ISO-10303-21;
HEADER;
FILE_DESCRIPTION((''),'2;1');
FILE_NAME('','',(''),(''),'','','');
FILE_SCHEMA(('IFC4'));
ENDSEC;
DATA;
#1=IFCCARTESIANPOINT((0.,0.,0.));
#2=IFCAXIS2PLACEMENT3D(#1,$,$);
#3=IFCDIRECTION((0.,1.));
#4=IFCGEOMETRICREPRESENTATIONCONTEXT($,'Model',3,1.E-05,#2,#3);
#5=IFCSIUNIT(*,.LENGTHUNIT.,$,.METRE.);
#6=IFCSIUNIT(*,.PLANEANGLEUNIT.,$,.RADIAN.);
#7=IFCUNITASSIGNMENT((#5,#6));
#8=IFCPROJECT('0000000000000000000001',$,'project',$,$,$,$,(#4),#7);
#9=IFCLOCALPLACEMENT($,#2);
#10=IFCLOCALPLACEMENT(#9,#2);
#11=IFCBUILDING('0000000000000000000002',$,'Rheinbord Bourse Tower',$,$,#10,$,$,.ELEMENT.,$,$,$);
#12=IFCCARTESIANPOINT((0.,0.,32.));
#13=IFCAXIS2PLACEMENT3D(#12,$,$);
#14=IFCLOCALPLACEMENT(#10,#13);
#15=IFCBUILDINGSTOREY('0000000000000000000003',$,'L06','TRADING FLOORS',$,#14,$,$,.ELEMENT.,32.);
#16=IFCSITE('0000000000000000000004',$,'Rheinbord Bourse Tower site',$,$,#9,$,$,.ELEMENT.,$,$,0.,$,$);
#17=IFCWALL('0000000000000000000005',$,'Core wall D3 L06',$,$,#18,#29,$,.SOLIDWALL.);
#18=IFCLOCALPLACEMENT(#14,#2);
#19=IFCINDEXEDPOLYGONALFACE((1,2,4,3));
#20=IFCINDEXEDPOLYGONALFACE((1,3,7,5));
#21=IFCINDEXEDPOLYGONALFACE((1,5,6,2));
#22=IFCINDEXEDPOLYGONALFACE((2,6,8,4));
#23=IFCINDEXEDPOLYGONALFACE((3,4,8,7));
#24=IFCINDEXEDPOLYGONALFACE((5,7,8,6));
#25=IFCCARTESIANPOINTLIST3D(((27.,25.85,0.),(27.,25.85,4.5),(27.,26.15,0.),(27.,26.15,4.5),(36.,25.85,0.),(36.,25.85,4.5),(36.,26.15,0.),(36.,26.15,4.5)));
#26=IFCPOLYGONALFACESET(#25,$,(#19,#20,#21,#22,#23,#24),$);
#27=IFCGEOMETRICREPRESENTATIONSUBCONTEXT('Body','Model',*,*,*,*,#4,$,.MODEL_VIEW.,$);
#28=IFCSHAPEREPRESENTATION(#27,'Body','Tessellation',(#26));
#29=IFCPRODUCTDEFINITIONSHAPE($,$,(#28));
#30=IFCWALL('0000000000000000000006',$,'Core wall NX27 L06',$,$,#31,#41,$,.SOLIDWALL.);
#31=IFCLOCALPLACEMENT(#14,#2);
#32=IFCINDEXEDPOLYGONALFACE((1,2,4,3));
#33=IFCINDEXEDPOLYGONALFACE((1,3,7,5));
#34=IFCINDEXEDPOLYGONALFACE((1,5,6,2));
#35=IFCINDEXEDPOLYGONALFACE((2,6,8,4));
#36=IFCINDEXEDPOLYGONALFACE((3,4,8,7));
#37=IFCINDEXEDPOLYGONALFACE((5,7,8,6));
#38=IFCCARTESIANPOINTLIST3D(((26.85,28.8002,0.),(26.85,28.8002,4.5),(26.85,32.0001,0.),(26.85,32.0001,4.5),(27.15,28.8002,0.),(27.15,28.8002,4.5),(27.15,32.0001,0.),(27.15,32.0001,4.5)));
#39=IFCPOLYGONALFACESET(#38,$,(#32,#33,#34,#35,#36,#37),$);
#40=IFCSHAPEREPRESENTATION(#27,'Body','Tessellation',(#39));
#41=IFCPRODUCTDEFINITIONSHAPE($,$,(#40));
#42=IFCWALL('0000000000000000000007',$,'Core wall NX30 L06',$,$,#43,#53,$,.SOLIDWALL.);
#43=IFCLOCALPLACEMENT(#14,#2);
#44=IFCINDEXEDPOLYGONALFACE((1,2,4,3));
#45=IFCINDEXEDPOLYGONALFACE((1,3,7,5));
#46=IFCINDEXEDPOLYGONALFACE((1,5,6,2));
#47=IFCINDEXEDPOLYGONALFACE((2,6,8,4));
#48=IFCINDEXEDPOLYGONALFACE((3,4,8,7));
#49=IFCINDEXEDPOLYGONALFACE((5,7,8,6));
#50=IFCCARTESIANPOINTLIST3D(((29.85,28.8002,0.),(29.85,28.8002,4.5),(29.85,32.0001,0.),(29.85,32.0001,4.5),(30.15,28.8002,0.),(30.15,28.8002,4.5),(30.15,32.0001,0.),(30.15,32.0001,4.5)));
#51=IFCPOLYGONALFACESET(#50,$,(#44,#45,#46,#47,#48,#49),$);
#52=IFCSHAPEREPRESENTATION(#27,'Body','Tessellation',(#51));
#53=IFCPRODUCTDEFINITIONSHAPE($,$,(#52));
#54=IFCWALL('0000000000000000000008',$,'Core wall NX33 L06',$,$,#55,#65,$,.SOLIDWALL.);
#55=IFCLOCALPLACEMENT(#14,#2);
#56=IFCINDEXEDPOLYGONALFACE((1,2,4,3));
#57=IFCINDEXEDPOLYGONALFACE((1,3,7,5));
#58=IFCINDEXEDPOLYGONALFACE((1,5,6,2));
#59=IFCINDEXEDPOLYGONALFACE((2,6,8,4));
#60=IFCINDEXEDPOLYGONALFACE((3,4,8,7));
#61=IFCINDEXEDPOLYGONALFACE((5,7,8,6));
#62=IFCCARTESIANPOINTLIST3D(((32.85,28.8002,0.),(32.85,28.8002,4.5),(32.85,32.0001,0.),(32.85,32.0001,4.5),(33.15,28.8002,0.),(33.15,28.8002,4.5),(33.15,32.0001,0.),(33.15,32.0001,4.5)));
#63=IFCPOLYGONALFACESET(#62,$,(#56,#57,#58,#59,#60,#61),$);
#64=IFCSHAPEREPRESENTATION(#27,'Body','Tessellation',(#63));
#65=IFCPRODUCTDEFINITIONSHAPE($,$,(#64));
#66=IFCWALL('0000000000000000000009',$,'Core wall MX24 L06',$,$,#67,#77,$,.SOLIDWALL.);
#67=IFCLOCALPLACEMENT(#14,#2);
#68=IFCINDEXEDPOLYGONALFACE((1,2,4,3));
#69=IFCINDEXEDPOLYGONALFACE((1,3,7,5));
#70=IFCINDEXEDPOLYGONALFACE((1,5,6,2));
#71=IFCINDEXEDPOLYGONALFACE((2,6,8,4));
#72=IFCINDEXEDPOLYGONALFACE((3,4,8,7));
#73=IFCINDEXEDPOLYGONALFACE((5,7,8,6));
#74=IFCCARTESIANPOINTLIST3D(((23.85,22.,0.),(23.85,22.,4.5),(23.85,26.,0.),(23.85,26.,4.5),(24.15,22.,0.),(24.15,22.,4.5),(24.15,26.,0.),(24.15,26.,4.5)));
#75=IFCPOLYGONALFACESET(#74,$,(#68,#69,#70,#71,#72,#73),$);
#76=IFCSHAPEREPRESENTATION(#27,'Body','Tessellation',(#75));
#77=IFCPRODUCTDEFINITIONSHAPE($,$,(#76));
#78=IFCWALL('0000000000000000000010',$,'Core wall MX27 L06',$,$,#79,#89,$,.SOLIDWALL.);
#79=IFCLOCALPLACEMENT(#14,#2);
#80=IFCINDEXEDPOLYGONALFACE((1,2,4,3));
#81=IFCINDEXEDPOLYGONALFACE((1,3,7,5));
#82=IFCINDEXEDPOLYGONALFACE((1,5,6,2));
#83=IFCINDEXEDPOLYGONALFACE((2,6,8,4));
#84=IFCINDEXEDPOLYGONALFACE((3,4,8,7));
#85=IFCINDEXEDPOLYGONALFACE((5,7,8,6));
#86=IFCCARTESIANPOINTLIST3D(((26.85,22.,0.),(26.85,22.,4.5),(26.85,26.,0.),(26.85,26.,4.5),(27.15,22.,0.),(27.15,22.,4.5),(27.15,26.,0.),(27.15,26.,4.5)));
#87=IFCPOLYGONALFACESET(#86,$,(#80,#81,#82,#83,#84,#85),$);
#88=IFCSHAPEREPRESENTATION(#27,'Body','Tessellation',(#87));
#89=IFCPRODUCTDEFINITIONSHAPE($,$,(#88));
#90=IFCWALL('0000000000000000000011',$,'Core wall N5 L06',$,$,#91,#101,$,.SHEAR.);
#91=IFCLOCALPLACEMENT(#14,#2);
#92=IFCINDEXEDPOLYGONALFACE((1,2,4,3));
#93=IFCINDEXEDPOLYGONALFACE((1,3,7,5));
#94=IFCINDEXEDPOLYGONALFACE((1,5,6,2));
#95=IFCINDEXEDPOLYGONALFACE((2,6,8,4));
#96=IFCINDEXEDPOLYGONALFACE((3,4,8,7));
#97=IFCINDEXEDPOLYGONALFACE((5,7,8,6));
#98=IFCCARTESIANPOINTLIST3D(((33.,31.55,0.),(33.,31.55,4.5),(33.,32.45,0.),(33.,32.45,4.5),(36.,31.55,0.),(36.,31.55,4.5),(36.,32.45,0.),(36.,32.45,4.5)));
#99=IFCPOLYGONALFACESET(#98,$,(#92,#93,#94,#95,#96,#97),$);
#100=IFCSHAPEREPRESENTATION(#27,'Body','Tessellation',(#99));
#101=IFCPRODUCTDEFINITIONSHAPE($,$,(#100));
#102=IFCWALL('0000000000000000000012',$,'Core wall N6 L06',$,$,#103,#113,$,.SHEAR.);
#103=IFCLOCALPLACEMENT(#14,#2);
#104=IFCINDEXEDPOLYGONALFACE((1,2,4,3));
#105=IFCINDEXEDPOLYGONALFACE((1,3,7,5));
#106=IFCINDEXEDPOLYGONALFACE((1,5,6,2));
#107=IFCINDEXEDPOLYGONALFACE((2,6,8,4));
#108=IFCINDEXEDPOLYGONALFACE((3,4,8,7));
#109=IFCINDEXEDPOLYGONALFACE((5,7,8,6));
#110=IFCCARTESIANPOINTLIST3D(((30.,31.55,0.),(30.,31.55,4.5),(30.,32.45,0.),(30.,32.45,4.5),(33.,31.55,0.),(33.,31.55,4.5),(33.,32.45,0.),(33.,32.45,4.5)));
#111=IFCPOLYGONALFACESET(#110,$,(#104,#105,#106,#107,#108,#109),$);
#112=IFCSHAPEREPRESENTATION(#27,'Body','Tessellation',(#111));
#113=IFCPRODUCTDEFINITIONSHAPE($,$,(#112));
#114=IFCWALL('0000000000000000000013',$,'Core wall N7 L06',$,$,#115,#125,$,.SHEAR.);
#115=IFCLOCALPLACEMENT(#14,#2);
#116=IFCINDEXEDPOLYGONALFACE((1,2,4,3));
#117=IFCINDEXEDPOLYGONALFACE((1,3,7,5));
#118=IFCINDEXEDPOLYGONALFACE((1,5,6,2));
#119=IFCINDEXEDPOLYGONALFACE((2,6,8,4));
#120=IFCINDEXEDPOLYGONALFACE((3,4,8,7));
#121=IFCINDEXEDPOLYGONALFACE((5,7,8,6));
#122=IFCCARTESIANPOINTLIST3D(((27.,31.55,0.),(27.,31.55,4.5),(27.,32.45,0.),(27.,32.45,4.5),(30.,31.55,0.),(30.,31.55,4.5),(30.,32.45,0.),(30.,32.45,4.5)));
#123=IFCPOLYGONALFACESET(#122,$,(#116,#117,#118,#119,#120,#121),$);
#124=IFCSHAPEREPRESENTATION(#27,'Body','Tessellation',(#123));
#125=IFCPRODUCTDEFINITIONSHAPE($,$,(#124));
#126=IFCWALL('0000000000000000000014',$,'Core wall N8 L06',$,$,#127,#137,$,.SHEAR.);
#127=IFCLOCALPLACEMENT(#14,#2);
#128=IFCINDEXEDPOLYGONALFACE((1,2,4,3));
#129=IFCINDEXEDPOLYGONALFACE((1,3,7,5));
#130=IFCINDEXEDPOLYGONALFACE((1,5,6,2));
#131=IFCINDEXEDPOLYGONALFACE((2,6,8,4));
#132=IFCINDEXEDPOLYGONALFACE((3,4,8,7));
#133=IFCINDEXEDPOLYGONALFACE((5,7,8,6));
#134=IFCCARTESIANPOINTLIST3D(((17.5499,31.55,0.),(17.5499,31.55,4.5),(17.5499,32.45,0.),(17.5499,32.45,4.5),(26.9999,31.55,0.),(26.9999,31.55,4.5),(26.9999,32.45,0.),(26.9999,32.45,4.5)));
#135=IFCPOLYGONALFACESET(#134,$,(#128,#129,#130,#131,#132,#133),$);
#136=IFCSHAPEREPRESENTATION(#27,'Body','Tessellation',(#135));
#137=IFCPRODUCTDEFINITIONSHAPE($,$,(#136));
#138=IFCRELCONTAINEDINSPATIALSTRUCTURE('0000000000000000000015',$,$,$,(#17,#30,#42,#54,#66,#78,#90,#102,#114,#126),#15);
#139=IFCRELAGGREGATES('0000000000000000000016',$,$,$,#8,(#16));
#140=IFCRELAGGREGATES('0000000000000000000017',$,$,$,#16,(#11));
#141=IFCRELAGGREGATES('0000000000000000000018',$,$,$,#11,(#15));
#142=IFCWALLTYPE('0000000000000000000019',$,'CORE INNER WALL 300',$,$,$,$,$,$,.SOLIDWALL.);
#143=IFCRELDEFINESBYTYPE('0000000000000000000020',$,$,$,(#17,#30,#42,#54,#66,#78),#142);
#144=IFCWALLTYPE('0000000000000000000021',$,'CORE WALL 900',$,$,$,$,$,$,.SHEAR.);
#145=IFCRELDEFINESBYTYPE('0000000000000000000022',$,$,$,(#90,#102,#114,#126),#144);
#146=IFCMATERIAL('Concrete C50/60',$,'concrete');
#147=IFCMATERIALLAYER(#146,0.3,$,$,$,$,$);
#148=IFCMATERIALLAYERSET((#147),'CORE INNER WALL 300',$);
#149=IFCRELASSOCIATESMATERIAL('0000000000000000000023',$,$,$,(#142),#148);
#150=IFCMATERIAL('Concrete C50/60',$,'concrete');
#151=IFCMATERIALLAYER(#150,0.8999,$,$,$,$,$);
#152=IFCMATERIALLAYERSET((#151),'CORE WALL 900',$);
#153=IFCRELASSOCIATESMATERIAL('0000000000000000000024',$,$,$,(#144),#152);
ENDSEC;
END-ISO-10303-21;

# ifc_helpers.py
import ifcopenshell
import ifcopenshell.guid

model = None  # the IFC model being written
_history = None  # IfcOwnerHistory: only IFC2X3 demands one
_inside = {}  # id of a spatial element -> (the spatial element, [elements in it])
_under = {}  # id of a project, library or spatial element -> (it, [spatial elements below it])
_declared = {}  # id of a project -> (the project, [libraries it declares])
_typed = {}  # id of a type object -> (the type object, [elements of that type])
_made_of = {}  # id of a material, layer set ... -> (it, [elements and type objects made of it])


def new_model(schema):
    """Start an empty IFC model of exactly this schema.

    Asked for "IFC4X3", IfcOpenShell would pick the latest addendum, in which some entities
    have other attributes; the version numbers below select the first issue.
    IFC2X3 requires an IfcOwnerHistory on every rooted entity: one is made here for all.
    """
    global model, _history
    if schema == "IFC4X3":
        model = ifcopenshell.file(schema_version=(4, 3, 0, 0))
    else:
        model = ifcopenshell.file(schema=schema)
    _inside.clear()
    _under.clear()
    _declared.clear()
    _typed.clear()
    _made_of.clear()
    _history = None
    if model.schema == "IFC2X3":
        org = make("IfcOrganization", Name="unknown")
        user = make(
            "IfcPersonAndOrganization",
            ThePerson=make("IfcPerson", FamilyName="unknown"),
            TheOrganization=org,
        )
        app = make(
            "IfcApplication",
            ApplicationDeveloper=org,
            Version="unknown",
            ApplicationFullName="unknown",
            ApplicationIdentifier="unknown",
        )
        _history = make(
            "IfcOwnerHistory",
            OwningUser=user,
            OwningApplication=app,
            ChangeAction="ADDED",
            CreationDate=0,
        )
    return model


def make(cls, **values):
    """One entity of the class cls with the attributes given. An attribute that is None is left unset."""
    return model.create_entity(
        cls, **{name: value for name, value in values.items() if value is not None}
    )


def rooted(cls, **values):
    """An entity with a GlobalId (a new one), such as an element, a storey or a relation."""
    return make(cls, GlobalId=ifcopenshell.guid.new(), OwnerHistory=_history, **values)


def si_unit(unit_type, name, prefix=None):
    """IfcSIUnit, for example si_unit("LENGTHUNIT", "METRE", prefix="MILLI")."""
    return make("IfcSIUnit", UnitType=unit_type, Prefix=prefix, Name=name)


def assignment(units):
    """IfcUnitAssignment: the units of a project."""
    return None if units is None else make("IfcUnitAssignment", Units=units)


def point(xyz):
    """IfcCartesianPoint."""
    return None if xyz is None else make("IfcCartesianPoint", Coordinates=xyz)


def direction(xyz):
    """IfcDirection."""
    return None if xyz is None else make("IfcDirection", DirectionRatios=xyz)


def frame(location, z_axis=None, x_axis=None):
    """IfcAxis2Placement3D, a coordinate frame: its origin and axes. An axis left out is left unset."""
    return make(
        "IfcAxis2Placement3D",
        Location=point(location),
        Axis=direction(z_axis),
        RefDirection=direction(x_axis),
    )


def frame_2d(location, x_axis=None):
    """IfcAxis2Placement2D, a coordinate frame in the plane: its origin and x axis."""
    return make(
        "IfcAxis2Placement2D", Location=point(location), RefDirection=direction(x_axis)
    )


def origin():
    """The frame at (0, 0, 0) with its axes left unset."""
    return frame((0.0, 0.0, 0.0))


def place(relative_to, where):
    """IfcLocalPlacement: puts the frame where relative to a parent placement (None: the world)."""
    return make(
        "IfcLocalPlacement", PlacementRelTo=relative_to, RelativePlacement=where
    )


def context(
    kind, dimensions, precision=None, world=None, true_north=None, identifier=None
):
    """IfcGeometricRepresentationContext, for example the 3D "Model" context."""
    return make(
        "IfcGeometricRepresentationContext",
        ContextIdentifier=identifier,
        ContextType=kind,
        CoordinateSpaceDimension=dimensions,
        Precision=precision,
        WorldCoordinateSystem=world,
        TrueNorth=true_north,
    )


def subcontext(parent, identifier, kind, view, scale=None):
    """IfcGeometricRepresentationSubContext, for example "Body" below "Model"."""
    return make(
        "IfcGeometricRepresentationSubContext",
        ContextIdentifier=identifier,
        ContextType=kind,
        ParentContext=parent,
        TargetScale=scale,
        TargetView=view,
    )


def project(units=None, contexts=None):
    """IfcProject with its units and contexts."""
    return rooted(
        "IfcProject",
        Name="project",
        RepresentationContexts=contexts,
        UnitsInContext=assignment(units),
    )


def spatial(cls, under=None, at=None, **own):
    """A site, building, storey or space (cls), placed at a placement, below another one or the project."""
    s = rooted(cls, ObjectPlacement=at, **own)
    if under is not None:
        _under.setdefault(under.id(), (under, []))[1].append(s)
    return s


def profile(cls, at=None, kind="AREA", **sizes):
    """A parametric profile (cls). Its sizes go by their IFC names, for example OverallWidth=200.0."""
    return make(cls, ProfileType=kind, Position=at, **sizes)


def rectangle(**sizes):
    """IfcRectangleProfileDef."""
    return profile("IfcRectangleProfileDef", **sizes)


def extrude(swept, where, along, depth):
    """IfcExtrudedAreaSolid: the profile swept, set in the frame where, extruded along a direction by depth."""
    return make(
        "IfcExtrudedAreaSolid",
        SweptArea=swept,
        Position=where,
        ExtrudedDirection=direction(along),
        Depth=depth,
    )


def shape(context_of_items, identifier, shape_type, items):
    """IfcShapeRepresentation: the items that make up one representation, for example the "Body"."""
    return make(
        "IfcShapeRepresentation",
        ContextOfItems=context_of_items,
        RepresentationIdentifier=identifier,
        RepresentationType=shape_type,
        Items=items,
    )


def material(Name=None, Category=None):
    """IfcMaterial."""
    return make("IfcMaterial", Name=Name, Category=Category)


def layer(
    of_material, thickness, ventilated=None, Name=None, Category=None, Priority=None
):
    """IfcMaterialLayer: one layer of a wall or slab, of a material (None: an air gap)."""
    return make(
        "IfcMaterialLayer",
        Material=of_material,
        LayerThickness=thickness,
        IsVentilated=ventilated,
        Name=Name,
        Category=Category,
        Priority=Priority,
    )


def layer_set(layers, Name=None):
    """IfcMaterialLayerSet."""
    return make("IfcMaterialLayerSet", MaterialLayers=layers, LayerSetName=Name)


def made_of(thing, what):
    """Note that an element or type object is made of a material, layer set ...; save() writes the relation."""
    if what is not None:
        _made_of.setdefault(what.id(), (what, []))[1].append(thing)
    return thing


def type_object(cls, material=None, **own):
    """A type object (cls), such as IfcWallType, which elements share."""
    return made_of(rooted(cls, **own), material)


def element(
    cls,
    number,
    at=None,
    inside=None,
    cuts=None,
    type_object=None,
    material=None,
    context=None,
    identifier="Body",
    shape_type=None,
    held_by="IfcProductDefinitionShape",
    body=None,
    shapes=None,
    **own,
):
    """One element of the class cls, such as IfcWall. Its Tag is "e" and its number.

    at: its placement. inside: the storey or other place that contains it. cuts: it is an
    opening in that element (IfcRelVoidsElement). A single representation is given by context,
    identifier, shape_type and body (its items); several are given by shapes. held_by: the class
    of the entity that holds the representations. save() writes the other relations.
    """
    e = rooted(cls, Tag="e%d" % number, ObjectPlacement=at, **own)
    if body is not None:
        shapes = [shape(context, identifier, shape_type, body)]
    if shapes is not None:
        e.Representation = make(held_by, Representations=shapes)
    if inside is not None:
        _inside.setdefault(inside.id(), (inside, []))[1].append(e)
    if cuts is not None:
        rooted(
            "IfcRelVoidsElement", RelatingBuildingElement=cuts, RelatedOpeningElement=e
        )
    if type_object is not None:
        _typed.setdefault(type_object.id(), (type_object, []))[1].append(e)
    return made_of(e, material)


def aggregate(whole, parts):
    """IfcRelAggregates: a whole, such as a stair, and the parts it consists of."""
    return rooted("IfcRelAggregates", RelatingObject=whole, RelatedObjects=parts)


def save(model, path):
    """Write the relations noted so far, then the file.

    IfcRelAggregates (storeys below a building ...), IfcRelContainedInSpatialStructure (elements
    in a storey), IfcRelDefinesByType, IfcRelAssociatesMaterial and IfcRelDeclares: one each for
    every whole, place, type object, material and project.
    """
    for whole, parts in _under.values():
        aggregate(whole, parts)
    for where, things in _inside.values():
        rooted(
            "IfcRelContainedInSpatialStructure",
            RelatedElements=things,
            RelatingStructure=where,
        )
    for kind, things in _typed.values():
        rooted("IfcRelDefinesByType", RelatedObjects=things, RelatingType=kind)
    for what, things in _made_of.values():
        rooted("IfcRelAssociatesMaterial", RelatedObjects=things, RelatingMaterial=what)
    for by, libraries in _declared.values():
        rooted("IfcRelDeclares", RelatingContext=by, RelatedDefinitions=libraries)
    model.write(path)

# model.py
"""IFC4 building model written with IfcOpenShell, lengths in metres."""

from ifc_helpers import new_model, si_unit, direction, frame, frame_2d, origin, place, context, subcontext, project, spatial, rectangle, extrude, material, layer, layer_set, type_object, element, save


model = new_model("IFC4")

# Units and contexts
model_context = context("Model", 3, precision=1e-05, world=origin(), true_north=direction((0.0, 1.0)))
body_context = subcontext(model_context, "Body", "Model", "MODEL_VIEW")
ifc_project = project(units=[si_unit("LENGTHUNIT", "METRE"), si_unit("PLANEANGLEUNIT", "RADIAN")], contexts=[model_context])

# Site, building, storey
site_placement = place(None, origin())
site = spatial("IfcSite", under=ifc_project, at=site_placement, Name="Rheinbord Bourse Tower site", CompositionType="ELEMENT", RefElevation=0.0)
building_placement = place(site_placement, origin())
building = spatial("IfcBuilding", under=site, at=building_placement, Name="Rheinbord Bourse Tower", CompositionType="ELEMENT")
storey_placement = place(building_placement, frame((0.0, 0.0, 32.0)))
storey = spatial("IfcBuildingStorey", under=building, at=storey_placement, Name="L06", Description="TRADING FLOORS", CompositionType="ELEMENT", Elevation=32.0)

# Shared definitions
ifc_material_1 = material(Name="Concrete C50/60", Category="concrete")
ifc_layer_1 = layer(ifc_material_1, 0.3)
ifc_layer_set_1 = layer_set([ifc_layer_1], Name="CORE INNER WALL 300")
wall_type_1 = type_object("IfcWallType", Name="CORE INNER WALL 300", PredefinedType="SOLIDWALL", material=ifc_layer_set_1)

# Walls
wall_1_placement = place(storey_placement, frame((27.0, 26.0, 0.0), z_axis=(0.0, 0.0, 1.0), x_axis=(1.0, 0.0, 0.0)))
element("IfcWall", 1, at=wall_1_placement, inside=storey, type_object=wall_type_1, Name="Core wall D3 L06", PredefinedType="SOLIDWALL", context=body_context, shape_type="SweptSolid", body=[
    extrude(rectangle(XDim=9.0, YDim=0.3, at=frame_2d((4.5, 0.0))), origin(), (0.0, 0.0, 1.0), 4.5),
])
for number, where, z_axis, x_axis, name in (
    (2, (27.0, 28.8, 0.0), (0.0, 0.0, 1.0), (0.0, 1.0, 0.0), "Core wall NX27 L06"),
    (3, (30.0, 28.8, 0.0), (0.0, 0.0, 1.0), (0.0, 1.0, 0.0), "Core wall NX30 L06"),
    (4, (33.0, 28.8, 0.0), (0.0, 0.0, 1.0), (0.0, 1.0, 0.0), "Core wall NX33 L06"),
):
    element("IfcWall", number, at=place(storey_placement, frame(where, z_axis=z_axis, x_axis=x_axis)), inside=storey, type_object=wall_type_1, Name=name, PredefinedType="SOLIDWALL", context=body_context, shape_type="SweptSolid", body=[
        extrude(rectangle(XDim=3.2, YDim=0.3, at=frame_2d((1.6001, 0.0))), origin(), (0.0, 0.0, 1.0), 4.5),
    ])
for number, where, z_axis, x_axis, name in (
    (5, (24.0, 22.0, 0.0), (0.0, 0.0, 1.0), (0.0, 1.0, 0.0), "Core wall MX24 L06"),
    (6, (27.0, 22.0, 0.0), (0.0, 0.0, 1.0), (0.0, 1.0, 0.0), "Core wall MX27 L06"),
):
    element("IfcWall", number, at=place(storey_placement, frame(where, z_axis=z_axis, x_axis=x_axis)), inside=storey, type_object=wall_type_1, Name=name, PredefinedType="SOLIDWALL", context=body_context, shape_type="SweptSolid", body=[
        extrude(rectangle(XDim=4.0, YDim=0.3, at=frame_2d((2.0, 0.0))), origin(), (0.0, 0.0, 1.0), 4.5),
    ])
ifc_material_2 = material(Name="Concrete C50/60", Category="concrete")
ifc_layer_2 = layer(ifc_material_2, 0.8999)
ifc_layer_set_2 = layer_set([ifc_layer_2], Name="CORE WALL 900")
wall_type_2 = type_object("IfcWallType", Name="CORE WALL 900", PredefinedType="SHEAR", material=ifc_layer_set_2)
for number, where, z_axis, x_axis, name in (
    (7, (36.0, 32.0, 0.0), (0.0, 0.0, 1.0), (-1.0, 0.0, 0.0), "Core wall N5 L06"),
    (8, (33.0, 32.0, 0.0), (0.0, 0.0, 1.0), (-1.0, 0.0, 0.0), "Core wall N6 L06"),
    (9, (30.0, 32.0, 0.0), (0.0, 0.0, 1.0), (-1.0, 0.0, 0.0), "Core wall N7 L06"),
):
    element("IfcWall", number, at=place(storey_placement, frame(where, z_axis=z_axis, x_axis=x_axis)), inside=storey, type_object=wall_type_2, Name=name, PredefinedType="SHEAR", context=body_context, shape_type="SweptSolid", body=[
        extrude(rectangle(XDim=3.0, YDim=0.8999, at=frame_2d((1.5, 0.0))), origin(), (0.0, 0.0, 1.0), 4.5),
    ])
wall_2_placement = place(storey_placement, frame((27.0, 32.0, 0.0), z_axis=(0.0, 0.0, 1.0), x_axis=(-1.0, 0.0, 0.0)))
element("IfcWall", 10, at=wall_2_placement, inside=storey, type_object=wall_type_2, Name="Core wall N8 L06", PredefinedType="SHEAR", context=body_context, shape_type="SweptSolid", body=[
    extrude(rectangle(XDim=9.45, YDim=0.8999, at=frame_2d((4.7251, 0.0))), origin(), (0.0, 0.0, 1.0), 4.5),
])

save(model, "model.ifc")
